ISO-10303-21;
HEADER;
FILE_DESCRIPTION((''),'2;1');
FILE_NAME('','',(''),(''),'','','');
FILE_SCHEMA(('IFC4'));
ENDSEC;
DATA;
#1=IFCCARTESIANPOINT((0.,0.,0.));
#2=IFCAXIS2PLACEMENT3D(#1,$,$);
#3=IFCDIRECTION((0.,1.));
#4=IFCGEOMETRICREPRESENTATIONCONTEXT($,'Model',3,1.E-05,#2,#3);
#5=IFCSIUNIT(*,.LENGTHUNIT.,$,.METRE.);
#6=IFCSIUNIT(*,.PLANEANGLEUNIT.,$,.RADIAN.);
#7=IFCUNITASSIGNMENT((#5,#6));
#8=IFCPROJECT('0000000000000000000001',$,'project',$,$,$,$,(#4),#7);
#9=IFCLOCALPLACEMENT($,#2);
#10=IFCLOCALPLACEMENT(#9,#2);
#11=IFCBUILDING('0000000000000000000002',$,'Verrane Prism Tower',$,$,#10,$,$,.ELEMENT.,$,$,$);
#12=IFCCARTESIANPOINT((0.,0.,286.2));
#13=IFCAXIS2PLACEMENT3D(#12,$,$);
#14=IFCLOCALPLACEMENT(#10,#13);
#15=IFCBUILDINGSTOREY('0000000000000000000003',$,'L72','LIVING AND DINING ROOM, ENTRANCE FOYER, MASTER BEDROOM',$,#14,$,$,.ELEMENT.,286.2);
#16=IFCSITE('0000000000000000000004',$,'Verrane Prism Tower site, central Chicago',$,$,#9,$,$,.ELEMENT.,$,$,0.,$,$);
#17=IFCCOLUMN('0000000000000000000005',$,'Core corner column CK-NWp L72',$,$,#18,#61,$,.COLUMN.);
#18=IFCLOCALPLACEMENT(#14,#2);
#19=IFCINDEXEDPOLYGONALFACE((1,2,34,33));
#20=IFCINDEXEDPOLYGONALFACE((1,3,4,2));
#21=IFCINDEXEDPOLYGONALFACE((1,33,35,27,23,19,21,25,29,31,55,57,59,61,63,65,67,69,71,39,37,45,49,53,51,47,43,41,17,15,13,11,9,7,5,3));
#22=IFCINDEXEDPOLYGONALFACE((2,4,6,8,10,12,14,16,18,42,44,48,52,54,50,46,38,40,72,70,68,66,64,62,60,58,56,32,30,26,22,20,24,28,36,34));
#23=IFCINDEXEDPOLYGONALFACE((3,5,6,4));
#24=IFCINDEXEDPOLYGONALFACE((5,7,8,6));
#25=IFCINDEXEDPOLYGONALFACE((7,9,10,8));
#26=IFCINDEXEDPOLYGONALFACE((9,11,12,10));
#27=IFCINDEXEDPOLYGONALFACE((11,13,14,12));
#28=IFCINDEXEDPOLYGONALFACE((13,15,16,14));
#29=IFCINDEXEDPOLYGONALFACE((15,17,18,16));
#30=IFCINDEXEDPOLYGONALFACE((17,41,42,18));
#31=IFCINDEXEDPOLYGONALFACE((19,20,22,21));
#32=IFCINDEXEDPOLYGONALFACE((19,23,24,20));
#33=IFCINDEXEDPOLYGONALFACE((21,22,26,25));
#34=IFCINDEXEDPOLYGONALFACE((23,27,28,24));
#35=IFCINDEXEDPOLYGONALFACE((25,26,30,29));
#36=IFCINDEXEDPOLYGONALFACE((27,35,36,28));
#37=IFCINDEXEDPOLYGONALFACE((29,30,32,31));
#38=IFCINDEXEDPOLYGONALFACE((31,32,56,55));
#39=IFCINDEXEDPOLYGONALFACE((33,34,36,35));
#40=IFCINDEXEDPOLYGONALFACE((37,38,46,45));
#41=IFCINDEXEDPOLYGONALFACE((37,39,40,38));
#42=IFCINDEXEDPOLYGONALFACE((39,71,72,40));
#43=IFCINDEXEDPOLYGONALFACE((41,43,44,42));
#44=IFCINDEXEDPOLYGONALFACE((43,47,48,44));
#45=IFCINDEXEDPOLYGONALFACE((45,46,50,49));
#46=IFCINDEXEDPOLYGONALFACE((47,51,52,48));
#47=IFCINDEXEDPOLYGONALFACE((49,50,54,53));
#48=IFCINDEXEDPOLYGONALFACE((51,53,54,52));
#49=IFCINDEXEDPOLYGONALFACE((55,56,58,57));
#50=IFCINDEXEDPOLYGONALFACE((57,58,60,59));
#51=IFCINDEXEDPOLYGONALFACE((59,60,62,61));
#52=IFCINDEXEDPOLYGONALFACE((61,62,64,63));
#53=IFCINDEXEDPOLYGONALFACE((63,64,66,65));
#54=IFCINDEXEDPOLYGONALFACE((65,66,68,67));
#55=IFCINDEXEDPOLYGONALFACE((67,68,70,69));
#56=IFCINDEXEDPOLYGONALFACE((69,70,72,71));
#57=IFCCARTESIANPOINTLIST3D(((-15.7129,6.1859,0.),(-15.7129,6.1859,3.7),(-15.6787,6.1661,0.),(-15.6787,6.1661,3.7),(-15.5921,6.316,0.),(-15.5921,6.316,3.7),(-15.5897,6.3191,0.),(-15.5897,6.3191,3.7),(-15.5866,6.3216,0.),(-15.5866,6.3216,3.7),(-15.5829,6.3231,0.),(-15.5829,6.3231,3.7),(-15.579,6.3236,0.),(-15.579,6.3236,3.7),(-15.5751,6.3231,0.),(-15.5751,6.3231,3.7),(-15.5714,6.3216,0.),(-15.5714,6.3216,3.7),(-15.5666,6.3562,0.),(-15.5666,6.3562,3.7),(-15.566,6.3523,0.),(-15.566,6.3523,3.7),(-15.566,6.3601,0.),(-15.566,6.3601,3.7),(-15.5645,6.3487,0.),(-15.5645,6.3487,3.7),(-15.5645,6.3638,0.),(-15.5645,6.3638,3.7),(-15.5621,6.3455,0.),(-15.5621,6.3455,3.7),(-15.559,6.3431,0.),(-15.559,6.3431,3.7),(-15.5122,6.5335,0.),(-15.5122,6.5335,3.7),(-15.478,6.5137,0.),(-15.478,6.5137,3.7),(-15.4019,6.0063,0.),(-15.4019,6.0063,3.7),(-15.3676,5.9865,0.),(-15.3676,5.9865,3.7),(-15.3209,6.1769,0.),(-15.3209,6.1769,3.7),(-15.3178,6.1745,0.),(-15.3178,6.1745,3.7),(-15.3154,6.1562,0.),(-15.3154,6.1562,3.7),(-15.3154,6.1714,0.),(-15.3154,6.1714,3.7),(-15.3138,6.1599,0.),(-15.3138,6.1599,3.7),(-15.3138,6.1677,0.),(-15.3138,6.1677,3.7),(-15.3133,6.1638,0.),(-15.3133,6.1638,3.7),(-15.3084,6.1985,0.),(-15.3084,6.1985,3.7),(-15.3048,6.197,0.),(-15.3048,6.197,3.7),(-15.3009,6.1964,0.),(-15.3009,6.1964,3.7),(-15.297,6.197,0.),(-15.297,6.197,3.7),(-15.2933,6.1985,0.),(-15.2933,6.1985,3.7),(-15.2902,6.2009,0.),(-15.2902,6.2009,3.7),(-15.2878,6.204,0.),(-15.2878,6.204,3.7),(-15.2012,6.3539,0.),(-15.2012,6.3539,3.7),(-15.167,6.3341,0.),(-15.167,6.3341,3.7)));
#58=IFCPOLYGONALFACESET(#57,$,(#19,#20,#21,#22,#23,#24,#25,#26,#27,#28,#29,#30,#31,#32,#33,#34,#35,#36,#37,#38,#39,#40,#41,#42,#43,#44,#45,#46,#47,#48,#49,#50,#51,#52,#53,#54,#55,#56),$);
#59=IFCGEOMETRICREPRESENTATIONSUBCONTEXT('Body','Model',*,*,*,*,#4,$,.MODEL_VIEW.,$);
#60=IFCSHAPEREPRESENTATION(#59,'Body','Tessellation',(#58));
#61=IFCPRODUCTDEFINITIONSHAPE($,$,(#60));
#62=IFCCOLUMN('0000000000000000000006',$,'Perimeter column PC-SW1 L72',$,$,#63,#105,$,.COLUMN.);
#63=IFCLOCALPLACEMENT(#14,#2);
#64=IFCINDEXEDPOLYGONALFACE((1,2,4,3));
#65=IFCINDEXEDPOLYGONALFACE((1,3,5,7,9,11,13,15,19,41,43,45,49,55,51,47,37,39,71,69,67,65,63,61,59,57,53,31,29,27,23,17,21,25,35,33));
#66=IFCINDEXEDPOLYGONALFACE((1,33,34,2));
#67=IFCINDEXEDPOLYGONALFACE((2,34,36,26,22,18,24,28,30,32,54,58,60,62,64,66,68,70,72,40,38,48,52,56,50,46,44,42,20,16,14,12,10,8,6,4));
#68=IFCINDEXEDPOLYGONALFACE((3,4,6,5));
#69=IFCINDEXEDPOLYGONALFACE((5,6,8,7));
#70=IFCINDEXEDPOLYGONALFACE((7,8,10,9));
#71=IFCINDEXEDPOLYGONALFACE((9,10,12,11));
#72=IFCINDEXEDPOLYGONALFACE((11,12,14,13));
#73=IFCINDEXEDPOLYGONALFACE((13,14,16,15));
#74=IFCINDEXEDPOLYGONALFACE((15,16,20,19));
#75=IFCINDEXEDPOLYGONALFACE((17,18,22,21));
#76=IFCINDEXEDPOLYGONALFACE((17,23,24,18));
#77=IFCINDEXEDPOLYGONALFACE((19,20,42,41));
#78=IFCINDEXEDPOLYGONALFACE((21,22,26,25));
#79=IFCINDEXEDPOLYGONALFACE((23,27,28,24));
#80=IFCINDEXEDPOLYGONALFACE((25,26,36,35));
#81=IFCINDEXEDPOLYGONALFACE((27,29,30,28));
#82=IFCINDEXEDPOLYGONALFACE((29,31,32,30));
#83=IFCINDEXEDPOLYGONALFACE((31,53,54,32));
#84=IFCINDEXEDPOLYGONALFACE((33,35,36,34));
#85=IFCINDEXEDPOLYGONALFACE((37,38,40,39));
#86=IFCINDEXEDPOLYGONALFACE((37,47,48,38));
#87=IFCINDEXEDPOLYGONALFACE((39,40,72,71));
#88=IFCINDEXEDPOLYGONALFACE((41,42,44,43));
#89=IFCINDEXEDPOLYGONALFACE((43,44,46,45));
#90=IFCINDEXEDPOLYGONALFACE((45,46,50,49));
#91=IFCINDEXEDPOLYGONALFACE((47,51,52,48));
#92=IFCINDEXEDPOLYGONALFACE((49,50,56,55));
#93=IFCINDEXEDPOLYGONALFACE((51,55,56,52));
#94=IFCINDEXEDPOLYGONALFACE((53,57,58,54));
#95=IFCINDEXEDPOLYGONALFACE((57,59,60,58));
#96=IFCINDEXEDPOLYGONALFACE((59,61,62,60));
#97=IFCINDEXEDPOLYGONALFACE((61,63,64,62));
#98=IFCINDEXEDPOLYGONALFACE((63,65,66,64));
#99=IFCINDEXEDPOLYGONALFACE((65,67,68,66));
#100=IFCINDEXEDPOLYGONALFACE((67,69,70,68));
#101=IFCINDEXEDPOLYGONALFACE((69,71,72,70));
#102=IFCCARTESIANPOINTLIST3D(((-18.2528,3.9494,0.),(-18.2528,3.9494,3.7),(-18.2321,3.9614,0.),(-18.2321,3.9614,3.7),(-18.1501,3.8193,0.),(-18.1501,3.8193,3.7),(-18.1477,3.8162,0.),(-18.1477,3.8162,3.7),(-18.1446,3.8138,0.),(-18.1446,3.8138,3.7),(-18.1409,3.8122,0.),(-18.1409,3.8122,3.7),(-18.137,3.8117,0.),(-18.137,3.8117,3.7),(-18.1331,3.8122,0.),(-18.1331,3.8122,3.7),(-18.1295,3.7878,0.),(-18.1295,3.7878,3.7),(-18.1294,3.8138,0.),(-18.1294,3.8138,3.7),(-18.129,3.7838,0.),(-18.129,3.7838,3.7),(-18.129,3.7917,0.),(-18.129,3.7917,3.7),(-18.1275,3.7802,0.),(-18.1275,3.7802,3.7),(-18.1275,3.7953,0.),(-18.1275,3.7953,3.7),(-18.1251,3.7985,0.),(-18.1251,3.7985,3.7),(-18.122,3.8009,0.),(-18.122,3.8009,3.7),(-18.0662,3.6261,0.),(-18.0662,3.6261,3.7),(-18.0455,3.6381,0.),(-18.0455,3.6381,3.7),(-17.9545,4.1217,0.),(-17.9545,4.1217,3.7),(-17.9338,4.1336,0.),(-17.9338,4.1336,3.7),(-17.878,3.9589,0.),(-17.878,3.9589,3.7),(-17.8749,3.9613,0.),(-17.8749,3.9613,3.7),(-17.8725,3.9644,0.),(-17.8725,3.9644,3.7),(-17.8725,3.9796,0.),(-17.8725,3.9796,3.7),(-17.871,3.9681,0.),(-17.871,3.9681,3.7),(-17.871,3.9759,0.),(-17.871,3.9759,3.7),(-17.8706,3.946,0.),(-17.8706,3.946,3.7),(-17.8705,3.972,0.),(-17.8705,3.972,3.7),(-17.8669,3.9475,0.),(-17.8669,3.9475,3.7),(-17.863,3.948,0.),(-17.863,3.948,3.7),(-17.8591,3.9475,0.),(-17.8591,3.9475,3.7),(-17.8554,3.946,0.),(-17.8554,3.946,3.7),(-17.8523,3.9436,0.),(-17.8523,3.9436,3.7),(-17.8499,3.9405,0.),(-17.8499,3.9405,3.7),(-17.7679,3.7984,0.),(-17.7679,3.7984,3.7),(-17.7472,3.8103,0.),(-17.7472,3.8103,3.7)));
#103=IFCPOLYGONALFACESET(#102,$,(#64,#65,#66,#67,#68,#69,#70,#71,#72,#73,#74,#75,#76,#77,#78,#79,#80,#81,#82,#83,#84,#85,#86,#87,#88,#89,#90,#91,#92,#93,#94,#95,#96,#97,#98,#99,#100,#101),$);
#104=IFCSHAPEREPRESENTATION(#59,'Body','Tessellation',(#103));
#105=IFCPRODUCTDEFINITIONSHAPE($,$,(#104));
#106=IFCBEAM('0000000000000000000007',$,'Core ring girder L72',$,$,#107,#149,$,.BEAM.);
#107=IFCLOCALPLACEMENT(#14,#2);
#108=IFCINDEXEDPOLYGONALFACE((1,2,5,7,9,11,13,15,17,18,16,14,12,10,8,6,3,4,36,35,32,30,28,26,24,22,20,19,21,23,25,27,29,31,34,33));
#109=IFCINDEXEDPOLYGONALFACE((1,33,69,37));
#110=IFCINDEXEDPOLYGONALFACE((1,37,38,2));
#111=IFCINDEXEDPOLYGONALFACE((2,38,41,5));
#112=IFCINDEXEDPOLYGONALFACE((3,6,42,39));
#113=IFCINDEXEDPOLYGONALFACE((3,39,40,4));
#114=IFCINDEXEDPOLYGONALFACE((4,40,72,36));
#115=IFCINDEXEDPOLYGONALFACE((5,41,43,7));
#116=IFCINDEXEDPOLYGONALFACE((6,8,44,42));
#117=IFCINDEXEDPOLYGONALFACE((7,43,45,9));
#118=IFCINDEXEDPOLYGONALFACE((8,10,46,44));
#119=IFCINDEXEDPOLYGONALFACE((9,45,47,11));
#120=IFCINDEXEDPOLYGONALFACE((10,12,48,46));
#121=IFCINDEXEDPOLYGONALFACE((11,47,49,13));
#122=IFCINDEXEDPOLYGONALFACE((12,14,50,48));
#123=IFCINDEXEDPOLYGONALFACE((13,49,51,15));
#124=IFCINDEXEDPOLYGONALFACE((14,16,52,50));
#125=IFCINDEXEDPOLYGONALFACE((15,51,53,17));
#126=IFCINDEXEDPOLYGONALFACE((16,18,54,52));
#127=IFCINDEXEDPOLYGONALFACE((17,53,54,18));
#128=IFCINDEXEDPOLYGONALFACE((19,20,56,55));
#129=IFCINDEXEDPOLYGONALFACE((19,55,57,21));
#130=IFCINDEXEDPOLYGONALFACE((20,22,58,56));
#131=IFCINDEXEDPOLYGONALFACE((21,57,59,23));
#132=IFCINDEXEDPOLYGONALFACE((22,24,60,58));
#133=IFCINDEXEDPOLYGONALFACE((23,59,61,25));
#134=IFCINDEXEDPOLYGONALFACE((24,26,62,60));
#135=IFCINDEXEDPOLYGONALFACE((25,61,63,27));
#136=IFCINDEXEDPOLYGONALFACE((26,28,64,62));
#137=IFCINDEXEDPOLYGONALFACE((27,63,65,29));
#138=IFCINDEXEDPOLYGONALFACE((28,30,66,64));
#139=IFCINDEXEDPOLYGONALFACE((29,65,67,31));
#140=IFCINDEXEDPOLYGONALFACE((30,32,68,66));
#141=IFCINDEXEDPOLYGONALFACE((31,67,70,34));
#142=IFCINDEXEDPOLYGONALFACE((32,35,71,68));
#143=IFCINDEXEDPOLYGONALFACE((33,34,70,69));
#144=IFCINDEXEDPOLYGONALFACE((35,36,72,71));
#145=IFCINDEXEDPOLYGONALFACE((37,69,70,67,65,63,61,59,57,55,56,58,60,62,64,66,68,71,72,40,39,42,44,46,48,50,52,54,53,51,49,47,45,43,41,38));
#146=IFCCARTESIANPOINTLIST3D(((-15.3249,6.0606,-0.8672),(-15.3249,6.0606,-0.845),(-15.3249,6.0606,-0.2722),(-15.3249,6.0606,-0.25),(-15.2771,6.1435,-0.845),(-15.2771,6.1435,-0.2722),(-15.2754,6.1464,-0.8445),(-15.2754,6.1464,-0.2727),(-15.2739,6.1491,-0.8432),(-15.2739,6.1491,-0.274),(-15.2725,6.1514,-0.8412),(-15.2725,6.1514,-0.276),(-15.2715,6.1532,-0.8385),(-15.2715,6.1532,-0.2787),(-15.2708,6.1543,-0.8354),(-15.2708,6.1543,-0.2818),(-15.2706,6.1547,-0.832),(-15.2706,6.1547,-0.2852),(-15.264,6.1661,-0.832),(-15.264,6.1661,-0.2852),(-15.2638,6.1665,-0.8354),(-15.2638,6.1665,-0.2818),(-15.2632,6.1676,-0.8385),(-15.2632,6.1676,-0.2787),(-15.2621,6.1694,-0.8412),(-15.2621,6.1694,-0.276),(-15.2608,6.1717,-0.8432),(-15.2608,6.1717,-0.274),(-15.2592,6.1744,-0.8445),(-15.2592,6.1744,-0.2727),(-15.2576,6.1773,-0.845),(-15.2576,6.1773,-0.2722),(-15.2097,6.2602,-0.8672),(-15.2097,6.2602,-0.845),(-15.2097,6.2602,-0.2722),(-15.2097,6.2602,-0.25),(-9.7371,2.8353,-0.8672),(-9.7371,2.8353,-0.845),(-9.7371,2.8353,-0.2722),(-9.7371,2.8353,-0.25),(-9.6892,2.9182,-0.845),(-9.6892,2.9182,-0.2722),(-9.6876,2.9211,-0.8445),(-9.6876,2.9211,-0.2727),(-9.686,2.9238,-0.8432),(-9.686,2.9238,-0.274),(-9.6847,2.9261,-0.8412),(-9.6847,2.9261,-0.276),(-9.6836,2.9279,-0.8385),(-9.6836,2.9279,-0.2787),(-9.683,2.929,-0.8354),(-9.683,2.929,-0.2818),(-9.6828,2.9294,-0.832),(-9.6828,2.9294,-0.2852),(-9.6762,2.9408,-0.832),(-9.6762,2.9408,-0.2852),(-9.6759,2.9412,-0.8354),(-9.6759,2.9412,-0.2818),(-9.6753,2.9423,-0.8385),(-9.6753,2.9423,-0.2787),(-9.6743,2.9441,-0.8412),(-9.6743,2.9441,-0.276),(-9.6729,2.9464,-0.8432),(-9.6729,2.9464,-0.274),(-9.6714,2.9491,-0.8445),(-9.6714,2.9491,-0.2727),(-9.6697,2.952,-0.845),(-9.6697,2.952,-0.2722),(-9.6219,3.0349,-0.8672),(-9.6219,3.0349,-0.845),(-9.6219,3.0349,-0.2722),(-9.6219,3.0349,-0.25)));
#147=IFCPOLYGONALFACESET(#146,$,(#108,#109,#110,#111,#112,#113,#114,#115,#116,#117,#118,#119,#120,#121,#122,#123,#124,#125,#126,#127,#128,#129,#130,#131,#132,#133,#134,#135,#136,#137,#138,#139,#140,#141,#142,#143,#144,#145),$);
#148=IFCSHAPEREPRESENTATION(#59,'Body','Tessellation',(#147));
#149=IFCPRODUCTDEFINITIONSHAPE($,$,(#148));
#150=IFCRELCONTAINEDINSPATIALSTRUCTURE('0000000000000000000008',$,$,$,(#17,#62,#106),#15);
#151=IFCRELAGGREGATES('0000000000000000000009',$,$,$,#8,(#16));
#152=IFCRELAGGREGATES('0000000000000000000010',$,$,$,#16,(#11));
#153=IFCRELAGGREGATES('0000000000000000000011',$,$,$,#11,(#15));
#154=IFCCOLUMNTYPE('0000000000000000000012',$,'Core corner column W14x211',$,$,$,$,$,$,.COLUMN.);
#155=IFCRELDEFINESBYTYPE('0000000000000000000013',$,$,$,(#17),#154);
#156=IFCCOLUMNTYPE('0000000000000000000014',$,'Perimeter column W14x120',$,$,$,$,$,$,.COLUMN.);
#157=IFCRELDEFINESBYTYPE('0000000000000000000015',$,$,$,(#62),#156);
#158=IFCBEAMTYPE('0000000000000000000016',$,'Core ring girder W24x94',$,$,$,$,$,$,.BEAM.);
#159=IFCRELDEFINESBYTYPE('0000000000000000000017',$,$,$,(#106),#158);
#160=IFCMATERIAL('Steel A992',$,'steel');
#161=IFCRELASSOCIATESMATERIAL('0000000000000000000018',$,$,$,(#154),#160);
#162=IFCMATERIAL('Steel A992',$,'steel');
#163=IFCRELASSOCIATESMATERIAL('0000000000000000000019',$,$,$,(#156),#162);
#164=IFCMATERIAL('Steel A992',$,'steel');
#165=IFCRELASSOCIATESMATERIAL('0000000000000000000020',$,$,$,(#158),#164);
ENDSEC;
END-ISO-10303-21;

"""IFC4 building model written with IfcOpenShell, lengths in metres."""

from ifc_helpers import new_model, si_unit, direction, frame, origin, origin_2d, place, context, subcontext, project, spatial, i_section, extrude, material, material_profile, profile_set, type_object, element, save


model = new_model("IFC4")

# Units and contexts
model_context = context("Model", 3, precision=1e-05, world=origin(), true_north=direction((0.0, 1.0)))
body_context = subcontext(model_context, "Body", "Model", "MODEL_VIEW")
ifc_project = project(units=[si_unit("LENGTHUNIT", "METRE"), si_unit("PLANEANGLEUNIT", "RADIAN")], contexts=[model_context])

# Site, building, storey
site_placement = place(None, origin())
site = spatial("IfcSite", under=ifc_project, at=site_placement, Name="Verrane Prism Tower site, central Chicago", CompositionType="ELEMENT", RefElevation=0.0)
building_placement = place(site_placement, origin())
building = spatial("IfcBuilding", under=site, at=building_placement, Name="Verrane Prism Tower", CompositionType="ELEMENT")
storey_placement = place(building_placement, frame((0.0, 0.0, 286.2)))
storey = spatial("IfcBuildingStorey", under=building, at=storey_placement, Name="L72", Description="LIVING AND DINING ROOM, ENTRANCE FOYER, MASTER BEDROOM", CompositionType="ELEMENT", Elevation=286.2)

# Columns
ifc_material_1 = material(Name="Steel A992", Category="steel")
ifc_material_profile_1 = material_profile(ifc_material_1, i_section(OverallWidth=0.4014, OverallDepth=0.3987, WebThickness=0.0249, FlangeThickness=0.0396, FilletRadius=0.0151, at=origin_2d()), Name="W14x211")
ifc_profile_set_1 = profile_set([ifc_material_profile_1], Name="Steel A992")
column_type_1 = type_object("IfcColumnType", Name="Core corner column W14x211", PredefinedType="COLUMN", material=ifc_profile_set_1)
column_1_placement = place(storey_placement, frame((-15.4399, 6.26, 0.0), z_axis=(0.0, 0.0, 1.0), x_axis=(0.5, 0.866025, 0.0)))
element("IfcColumn", 1, at=column_1_placement, inside=storey, type_object=column_type_1, Name="Core corner column CK-NWp L72", PredefinedType="COLUMN", context=body_context, shape_type="SweptSolid", body=[
    extrude(i_section(OverallWidth=0.4014, OverallDepth=0.3987, WebThickness=0.0249, FlangeThickness=0.0396, FilletRadius=0.0151, at=origin_2d()), origin(), (0.0, 0.0, 1.0), 3.7),
])
ifc_material_2 = material(Name="Steel A992", Category="steel")
ifc_material_profile_2 = material_profile(ifc_material_2, i_section(OverallWidth=0.3733, OverallDepth=0.3684, WebThickness=0.0149, FlangeThickness=0.0239, FilletRadius=0.0151, at=origin_2d()), Name="W14x120")
ifc_profile_set_2 = profile_set([ifc_material_profile_2], Name="Steel A992")
column_type_2 = type_object("IfcColumnType", Name="Perimeter column W14x120", PredefinedType="COLUMN", material=ifc_profile_set_2)
column_2_placement = place(storey_placement, frame((-18.0, 3.8799, 0.0), z_axis=(0.0, 0.0, 1.0), x_axis=(-0.5, 0.866025, 0.0)))
element("IfcColumn", 2, at=column_2_placement, inside=storey, type_object=column_type_2, Name="Perimeter column PC-SW1 L72", PredefinedType="COLUMN", context=body_context, shape_type="SweptSolid", body=[
    extrude(i_section(OverallWidth=0.3733, OverallDepth=0.3684, WebThickness=0.0149, FlangeThickness=0.0239, FilletRadius=0.0151, at=origin_2d()), origin(), (0.0, 0.0, 1.0), 3.7),
])

# Beam
ifc_material_3 = material(Name="Steel A992", Category="steel")
ifc_material_profile_3 = material_profile(ifc_material_3, i_section(OverallWidth=0.2305, OverallDepth=0.6172, WebThickness=0.0132, FlangeThickness=0.0222, FilletRadius=0.0129, at=origin_2d()), Name="W24x94")
ifc_profile_set_3 = profile_set([ifc_material_profile_3], Name="Steel A992")
beam_type_1 = type_object("IfcBeamType", Name="Core ring girder W24x94", PredefinedType="BEAM", material=ifc_profile_set_3)
beam_1_placement = place(storey_placement, frame((-15.2673, 6.1604, -0.5586), z_axis=(0.866081, -0.499904, 0.0), x_axis=(0.499904, 0.866081, 0.0)))
element("IfcBeam", 3, at=beam_1_placement, inside=storey, type_object=beam_type_1, Name="Core ring girder L72", PredefinedType="BEAM", context=body_context, shape_type="SweptSolid", body=[
    extrude(i_section(OverallWidth=0.2305, OverallDepth=0.6172, WebThickness=0.0132, FlangeThickness=0.0222, FilletRadius=0.0129, at=origin_2d()), origin(), (0.0, 0.0, 1.0), 6.4519),
])

save(model, "model.ifc")
